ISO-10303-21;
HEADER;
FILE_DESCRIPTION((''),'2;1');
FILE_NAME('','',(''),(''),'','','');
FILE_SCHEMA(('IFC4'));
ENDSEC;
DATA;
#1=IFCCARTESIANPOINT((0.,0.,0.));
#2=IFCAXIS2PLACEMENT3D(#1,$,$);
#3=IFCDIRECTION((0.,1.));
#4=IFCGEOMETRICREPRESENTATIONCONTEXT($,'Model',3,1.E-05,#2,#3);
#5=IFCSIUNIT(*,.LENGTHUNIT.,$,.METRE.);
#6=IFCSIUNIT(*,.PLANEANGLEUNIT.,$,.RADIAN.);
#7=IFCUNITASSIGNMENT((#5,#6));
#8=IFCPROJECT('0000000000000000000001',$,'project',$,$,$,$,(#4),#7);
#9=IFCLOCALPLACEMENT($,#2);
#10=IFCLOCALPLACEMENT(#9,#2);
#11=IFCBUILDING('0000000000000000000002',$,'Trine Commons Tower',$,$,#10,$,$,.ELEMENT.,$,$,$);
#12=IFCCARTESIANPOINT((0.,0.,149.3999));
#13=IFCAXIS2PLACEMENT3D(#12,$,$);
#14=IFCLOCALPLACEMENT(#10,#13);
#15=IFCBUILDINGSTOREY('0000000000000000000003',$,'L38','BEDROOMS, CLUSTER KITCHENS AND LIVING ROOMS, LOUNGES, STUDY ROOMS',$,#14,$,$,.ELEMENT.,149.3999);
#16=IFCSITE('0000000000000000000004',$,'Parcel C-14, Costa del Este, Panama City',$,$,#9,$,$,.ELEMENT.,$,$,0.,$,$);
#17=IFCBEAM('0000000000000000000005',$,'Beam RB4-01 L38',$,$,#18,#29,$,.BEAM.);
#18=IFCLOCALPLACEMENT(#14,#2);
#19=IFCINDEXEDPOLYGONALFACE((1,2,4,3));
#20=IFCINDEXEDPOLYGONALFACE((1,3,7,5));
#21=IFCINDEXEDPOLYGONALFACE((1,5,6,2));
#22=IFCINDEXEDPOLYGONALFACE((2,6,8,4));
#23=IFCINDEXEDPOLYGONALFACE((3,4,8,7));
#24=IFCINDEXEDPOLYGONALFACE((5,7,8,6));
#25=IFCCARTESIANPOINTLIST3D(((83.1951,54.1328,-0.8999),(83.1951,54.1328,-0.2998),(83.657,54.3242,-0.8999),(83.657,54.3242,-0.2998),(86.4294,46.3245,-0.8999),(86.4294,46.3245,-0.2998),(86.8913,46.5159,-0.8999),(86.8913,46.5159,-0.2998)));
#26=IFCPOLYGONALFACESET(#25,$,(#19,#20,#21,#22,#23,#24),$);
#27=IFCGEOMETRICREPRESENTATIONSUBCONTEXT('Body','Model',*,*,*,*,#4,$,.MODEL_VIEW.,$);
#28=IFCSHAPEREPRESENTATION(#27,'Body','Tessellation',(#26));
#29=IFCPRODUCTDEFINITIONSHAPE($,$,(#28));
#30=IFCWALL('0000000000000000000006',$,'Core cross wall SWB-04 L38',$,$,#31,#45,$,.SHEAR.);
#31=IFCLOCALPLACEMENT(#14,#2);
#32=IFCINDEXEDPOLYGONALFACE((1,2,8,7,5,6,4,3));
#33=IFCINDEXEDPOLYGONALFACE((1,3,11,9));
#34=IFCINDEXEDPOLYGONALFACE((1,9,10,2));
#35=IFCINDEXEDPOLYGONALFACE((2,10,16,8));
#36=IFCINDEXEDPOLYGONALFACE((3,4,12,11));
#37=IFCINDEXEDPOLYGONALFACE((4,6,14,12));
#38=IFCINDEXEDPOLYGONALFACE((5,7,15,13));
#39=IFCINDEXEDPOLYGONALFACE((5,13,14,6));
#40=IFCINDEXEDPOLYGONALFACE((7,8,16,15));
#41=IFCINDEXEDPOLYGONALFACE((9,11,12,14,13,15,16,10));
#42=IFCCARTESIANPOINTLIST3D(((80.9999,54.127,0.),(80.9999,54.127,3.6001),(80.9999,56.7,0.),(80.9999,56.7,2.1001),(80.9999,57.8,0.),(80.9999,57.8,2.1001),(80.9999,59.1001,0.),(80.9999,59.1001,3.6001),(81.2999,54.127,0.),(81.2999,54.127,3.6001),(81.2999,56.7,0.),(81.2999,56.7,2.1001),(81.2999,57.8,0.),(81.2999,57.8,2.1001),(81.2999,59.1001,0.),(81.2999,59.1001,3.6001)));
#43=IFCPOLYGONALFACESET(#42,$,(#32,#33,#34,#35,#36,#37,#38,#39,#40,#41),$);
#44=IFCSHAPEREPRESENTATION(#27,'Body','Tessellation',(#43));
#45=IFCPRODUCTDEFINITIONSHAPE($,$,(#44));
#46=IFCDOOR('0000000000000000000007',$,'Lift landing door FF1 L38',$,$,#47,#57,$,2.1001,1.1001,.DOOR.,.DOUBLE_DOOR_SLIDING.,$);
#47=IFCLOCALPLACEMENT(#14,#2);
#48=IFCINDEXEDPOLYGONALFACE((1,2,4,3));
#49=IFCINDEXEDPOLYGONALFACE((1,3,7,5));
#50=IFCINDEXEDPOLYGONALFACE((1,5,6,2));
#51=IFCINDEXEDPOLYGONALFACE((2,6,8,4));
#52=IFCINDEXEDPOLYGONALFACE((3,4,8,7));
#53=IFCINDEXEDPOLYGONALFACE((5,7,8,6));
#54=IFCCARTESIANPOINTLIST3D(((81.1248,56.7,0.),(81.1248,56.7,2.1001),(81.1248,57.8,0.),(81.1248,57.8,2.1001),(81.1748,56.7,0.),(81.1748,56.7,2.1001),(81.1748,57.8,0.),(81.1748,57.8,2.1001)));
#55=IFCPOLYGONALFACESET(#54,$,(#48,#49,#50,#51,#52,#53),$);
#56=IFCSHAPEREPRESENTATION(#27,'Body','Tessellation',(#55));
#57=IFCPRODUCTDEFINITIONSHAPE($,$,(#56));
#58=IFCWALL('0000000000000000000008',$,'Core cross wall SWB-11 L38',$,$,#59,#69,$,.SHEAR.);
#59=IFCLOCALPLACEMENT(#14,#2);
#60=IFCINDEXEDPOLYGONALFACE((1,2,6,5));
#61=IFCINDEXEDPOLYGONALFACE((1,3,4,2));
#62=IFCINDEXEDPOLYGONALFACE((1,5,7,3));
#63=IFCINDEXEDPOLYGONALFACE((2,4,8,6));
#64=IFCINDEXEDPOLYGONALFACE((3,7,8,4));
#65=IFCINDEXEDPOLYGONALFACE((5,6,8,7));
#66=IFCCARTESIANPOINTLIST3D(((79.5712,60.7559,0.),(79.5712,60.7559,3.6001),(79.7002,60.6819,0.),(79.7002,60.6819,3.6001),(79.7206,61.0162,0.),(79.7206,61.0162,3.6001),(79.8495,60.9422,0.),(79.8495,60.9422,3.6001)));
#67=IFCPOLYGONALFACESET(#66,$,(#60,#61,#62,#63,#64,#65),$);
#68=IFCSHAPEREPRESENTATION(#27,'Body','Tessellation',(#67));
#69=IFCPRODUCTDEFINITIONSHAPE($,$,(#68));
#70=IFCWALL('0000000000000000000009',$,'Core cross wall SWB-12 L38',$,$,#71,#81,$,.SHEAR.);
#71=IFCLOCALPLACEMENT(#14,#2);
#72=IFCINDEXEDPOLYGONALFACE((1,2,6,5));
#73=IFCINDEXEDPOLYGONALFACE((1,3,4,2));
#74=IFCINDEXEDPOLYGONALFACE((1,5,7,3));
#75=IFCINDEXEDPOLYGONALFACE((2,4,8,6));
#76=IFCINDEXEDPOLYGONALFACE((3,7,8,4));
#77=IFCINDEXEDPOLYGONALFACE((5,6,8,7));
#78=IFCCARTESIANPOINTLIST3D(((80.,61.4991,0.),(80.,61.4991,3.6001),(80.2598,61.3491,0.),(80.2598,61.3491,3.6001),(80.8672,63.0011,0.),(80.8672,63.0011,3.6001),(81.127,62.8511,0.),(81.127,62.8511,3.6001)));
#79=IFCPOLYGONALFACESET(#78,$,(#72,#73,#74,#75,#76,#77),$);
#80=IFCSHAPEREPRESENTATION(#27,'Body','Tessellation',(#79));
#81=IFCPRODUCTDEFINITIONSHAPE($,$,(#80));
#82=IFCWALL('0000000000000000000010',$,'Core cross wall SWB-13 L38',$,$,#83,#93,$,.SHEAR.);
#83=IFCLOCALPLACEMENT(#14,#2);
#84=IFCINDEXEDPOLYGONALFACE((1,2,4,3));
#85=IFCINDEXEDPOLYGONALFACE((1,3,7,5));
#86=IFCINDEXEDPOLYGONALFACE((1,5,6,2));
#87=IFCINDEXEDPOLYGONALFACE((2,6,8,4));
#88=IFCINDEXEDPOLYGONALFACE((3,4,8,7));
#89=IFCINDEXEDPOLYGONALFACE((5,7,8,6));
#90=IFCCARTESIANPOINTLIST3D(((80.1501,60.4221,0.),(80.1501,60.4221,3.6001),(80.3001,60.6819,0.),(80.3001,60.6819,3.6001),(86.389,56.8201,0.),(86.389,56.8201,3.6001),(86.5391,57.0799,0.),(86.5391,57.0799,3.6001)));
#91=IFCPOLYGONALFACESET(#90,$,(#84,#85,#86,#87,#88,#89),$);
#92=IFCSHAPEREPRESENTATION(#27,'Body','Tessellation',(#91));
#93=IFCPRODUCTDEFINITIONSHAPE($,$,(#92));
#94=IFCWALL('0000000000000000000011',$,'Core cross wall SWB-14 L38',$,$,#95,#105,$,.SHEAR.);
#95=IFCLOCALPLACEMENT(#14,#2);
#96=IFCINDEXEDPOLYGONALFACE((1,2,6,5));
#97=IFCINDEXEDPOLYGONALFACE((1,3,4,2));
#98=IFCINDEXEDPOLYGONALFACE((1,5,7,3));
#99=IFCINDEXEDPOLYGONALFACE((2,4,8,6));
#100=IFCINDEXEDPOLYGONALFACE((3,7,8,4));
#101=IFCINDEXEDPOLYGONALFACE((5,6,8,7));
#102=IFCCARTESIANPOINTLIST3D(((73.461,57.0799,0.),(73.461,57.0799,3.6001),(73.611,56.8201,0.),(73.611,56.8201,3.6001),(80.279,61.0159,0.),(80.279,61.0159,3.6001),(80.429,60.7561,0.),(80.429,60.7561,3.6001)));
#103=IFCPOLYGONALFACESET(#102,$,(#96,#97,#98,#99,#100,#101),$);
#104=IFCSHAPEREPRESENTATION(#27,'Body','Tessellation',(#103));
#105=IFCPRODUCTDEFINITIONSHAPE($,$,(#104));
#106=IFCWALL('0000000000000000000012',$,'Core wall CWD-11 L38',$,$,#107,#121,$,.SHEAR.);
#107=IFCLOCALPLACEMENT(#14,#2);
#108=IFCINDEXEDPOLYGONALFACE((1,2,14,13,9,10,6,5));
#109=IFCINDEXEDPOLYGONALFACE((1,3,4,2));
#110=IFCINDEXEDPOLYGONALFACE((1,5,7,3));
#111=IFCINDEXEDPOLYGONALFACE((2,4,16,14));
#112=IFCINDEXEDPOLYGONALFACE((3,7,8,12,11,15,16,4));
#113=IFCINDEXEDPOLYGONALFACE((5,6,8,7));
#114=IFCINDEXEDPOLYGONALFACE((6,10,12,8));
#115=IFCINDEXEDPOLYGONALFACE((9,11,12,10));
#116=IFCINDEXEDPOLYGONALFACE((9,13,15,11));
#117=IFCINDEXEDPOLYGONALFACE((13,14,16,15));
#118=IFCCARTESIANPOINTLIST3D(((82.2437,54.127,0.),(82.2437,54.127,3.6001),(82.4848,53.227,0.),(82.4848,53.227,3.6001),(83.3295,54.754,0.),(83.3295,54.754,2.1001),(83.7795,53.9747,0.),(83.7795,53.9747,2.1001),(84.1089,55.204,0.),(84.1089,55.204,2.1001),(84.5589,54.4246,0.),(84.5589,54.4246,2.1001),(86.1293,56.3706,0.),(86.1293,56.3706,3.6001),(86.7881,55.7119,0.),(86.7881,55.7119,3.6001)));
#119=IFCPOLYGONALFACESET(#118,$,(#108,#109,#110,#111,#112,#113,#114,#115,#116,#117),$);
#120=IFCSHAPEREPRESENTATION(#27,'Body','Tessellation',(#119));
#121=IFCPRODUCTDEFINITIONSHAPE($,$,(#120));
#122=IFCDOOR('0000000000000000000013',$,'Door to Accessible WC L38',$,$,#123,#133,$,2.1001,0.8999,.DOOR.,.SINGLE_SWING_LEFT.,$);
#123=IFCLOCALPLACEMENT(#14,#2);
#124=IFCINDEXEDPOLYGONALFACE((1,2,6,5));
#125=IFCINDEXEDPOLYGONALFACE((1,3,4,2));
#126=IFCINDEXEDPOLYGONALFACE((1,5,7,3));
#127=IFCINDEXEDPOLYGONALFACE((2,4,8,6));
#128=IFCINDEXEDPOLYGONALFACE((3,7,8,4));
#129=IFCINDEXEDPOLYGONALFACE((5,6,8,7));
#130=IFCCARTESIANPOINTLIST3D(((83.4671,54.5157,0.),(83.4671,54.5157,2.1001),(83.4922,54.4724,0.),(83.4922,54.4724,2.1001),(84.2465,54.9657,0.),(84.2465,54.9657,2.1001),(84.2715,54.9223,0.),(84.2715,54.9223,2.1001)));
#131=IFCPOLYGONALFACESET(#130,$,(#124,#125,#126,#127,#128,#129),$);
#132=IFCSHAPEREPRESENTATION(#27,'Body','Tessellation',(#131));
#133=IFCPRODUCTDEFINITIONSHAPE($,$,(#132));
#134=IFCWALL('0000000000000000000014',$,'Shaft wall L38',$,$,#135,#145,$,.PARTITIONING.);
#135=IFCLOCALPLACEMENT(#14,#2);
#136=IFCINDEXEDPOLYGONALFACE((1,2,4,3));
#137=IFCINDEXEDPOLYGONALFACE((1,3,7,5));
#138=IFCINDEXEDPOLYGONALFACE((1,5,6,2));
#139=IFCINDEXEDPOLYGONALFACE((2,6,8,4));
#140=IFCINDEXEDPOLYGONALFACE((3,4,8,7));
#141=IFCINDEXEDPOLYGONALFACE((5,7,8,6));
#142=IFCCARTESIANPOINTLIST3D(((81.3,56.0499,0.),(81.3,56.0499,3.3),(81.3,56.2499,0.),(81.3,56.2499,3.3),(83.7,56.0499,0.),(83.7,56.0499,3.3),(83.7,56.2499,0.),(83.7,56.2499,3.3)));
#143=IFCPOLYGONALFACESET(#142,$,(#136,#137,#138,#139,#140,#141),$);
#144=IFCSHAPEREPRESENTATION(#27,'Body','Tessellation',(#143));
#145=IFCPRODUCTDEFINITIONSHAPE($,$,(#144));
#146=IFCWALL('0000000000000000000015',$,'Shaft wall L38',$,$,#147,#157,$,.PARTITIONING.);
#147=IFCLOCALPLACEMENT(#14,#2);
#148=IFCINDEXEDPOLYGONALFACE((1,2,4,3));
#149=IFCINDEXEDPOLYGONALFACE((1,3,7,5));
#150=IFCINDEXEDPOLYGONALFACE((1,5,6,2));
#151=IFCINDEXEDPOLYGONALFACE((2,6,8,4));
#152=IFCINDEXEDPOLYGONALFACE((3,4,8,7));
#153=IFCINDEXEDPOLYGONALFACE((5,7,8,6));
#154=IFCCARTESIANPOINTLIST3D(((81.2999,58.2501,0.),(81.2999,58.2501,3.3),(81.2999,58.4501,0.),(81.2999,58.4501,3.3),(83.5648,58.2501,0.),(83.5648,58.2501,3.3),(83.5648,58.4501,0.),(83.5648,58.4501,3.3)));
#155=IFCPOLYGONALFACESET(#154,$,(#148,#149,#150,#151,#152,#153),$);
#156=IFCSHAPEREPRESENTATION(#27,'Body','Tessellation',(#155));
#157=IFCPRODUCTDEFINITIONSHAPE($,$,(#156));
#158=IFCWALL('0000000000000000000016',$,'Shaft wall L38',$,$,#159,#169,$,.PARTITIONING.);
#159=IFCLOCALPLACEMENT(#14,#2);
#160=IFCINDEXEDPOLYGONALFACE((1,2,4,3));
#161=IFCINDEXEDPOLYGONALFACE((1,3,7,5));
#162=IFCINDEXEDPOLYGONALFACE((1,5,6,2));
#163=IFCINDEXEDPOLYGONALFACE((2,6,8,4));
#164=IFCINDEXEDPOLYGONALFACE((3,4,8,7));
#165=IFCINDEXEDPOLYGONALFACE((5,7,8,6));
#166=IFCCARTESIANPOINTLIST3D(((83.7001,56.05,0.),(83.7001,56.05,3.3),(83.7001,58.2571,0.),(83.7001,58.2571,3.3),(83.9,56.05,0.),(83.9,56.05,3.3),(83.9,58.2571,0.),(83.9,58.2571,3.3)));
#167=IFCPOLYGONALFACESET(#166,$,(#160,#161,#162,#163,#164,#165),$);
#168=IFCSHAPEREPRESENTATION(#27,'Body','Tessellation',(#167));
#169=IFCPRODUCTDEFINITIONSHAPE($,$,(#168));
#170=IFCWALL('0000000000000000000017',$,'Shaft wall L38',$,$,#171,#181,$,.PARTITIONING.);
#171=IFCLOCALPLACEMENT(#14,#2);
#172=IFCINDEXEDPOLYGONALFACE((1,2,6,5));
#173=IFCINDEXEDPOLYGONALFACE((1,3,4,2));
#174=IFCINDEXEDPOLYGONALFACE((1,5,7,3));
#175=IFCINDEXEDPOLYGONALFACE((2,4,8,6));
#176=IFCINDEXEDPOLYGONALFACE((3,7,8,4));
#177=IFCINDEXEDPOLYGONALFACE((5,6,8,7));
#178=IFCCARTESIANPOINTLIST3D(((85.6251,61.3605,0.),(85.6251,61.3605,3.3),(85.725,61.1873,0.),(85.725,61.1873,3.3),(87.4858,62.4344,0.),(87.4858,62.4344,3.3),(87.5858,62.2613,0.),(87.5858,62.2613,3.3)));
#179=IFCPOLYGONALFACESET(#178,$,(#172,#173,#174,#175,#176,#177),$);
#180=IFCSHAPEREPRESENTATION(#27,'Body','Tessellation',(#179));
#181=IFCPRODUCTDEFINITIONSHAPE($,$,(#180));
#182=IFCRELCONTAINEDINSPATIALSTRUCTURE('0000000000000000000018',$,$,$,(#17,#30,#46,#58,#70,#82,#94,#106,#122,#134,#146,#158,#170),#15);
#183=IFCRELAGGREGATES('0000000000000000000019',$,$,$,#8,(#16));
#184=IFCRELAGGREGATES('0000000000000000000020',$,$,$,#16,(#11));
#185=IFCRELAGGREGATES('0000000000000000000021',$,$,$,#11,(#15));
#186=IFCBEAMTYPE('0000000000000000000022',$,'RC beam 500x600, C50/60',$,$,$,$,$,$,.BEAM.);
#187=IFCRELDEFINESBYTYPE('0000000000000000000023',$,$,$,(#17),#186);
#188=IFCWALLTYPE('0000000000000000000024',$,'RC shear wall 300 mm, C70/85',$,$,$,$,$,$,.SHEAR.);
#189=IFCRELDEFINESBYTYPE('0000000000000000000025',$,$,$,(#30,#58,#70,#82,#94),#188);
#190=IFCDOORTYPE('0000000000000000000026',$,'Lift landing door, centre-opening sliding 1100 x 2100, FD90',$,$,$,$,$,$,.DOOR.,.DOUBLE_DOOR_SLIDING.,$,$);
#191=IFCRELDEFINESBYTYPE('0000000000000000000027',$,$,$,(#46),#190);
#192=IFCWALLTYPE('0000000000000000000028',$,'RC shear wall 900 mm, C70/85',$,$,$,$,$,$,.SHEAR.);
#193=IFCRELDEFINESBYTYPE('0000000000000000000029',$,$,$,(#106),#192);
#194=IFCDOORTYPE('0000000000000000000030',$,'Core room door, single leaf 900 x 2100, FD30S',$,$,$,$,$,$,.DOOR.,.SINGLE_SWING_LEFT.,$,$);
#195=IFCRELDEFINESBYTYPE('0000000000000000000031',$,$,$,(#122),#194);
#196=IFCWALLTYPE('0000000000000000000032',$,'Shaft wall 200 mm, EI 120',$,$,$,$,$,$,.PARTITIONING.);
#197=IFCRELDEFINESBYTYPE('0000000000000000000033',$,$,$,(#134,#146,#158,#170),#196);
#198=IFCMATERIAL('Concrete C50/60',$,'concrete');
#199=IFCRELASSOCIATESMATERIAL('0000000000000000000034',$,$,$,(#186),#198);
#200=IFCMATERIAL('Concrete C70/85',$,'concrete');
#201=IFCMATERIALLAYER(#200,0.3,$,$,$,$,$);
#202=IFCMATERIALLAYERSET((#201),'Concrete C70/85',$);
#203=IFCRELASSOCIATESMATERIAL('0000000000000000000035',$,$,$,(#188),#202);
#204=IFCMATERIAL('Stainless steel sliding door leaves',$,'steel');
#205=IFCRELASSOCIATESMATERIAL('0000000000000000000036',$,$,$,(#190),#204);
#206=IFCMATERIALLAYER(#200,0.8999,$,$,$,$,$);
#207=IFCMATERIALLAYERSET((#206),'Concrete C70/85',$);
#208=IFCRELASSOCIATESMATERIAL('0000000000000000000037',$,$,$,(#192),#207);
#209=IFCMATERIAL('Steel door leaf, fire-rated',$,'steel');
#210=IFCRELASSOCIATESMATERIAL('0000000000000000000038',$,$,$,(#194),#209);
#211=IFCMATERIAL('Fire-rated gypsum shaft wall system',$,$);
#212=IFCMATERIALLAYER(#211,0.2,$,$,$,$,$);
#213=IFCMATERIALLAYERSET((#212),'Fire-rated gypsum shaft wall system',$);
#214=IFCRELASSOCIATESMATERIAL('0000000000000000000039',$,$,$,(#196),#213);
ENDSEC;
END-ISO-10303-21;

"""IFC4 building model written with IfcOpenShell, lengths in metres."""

from ifc_helpers import new_model, si_unit, direction, frame, frame_2d, origin, origin_2d, place, context, subcontext, project, spatial, polyline, rectangle, outline, extrude, material, layer, layer_set, material_profile, profile_set, type_object, element, fill, save


model = new_model("IFC4")

# Units and contexts
model_context = context("Model", 3, precision=1e-05, world=origin(), true_north=direction((0.0, 1.0)))
body_context = subcontext(model_context, "Body", "Model", "MODEL_VIEW")
ifc_project = project(units=[si_unit("LENGTHUNIT", "METRE"), si_unit("PLANEANGLEUNIT", "RADIAN")], contexts=[model_context])

# Site, building, storey
site_placement = place(None, origin())
site = spatial("IfcSite", under=ifc_project, at=site_placement, Name="Parcel C-14, Costa del Este, Panama City", CompositionType="ELEMENT", RefElevation=0.0)
building_placement = place(site_placement, origin())
building = spatial("IfcBuilding", under=site, at=building_placement, Name="Trine Commons Tower", CompositionType="ELEMENT")
storey_placement = place(building_placement, frame((0.0, 0.0, 149.3999)))
storey = spatial("IfcBuildingStorey", under=building, at=storey_placement, Name="L38", Description="BEDROOMS, CLUSTER KITCHENS AND LIVING ROOMS, LOUNGES, STUDY ROOMS", CompositionType="ELEMENT", Elevation=149.3999)

# Beam
ifc_material_1 = material(Name="Concrete C50/60", Category="concrete")
ifc_material_profile = material_profile(ifc_material_1, rectangle(XDim=0.5, YDim=0.6001, at=origin_2d()), Name="RC 500x600")
ifc_profile_set = profile_set([ifc_material_profile], Name="Concrete C50/60")
beam_type = type_object("IfcBeamType", Name="RC beam 500x600, C50/60", PredefinedType="BEAM", material=ifc_profile_set)
beam_placement = place(storey_placement, frame((83.426, 54.2285, -0.5999), z_axis=(0.382689, -0.923877, 0.0), x_axis=(0.923877, 0.382689, 0.0)))
element("IfcBeam", 1, at=beam_placement, inside=storey, type_object=beam_type, Name="Beam RB4-01 L38", PredefinedType="BEAM", context=body_context, shape_type="SweptSolid", body=[
    extrude(rectangle(XDim=0.5, YDim=0.6001, at=origin_2d()), origin(), (0.0, 0.0, 1.0), 8.4517),
])

# Wall, opening, door
ifc_material_2 = material(Name="Concrete C70/85", Category="concrete")
ifc_layer_1 = layer(ifc_material_2, 0.3)
ifc_layer_set_1 = layer_set([ifc_layer_1], Name="Concrete C70/85")
wall_type_1 = type_object("IfcWallType", Name="RC shear wall 300 mm, C70/85", PredefinedType="SHEAR", material=ifc_layer_set_1)
wall_1_placement = place(storey_placement, frame((81.1499, 59.1001, 0.0), z_axis=(0.0, 0.0, 1.0), x_axis=(0.0, -1.0, 0.0)))
wall_1 = element("IfcWall", 2, at=wall_1_placement, inside=storey, type_object=wall_type_1, Name="Core cross wall SWB-04 L38", PredefinedType="SHEAR", context=body_context, shape_type="SweptSolid", body=[
    extrude(rectangle(XDim=4.9731, YDim=0.3, at=frame_2d((2.4866, 0.0))), origin(), (0.0, 0.0, 1.0), 3.6001),
])
opening_1_placement = place(wall_1_placement, frame((1.3, 0.0, 0.0)))
opening_1 = element("IfcOpeningElement", 3, at=opening_1_placement, cuts=wall_1, PredefinedType="OPENING", context=body_context, shape_type="SweptSolid", body=[
    extrude(rectangle(XDim=1.1001, YDim=2.1001, at=frame_2d((0.55, 1.05))), frame((0.0, 0.1599, 0.0), z_axis=(0.0, -1.0, 0.0), x_axis=(1.0, 0.0, 0.0)), (0.0, 0.0, 1.0), 0.3201),
])
ifc_material_3 = material(Name="Stainless steel sliding door leaves", Category="steel")
door_type_1 = type_object("IfcDoorType", Name="Lift landing door, centre-opening sliding 1100 x 2100, FD90", OperationType="DOUBLE_DOOR_SLIDING", PredefinedType="DOOR", material=ifc_material_3)
door_1_placement = place(opening_1_placement, origin())
door_1 = element("IfcDoor", 4, at=door_1_placement, inside=storey, type_object=door_type_1, Name="Lift landing door FF1 L38", OperationType="DOUBLE_DOOR_SLIDING", OverallHeight=2.1001, OverallWidth=1.1001, PredefinedType="DOOR", context=body_context, shape_type="SweptSolid", body=[
    extrude(rectangle(XDim=1.1001, YDim=2.1001, at=frame_2d((0.55, 1.05))), frame((0.0, 0.0249, 0.0), z_axis=(0.0, -1.0, 0.0), x_axis=(1.0, 0.0, 0.0)), (0.0, 0.0, 1.0), 0.05),
])
fill(opening_1, door_1)

# Walls
wall_2_placement = place(storey_placement, frame((79.646, 60.886, 0.0), z_axis=(0.0, 0.0, 1.0), x_axis=(0.867332, -0.49773, 0.0)))
element("IfcWall", 5, at=wall_2_placement, inside=storey, type_object=wall_type_1, Name="Core cross wall SWB-11 L38", PredefinedType="SHEAR", context=body_context, shape_type="SweptSolid", body=[
    extrude(rectangle(XDim=0.1487, YDim=0.3, at=frame_2d((0.0742, 0.0))), origin(), (0.0, 0.0, 1.0), 3.6001),
])
wall_3_placement = place(storey_placement, frame((80.1299, 61.4241, 0.0), z_axis=(0.0, 0.0, 1.0), x_axis=(0.500015, 0.866017, 0.0)))
element("IfcWall", 6, at=wall_3_placement, inside=storey, type_object=wall_type_1, Name="Core cross wall SWB-12 L38", PredefinedType="SHEAR", context=body_context, shape_type="SweptSolid", body=[
    extrude(rectangle(XDim=1.7344, YDim=0.3, at=frame_2d((0.8672, 0.0))), origin(), (0.0, 0.0, 1.0), 3.6001),
])
wall_4_placement = place(storey_placement, frame((80.2251, 60.552, 0.0), z_axis=(0.0, 0.0, 1.0), x_axis=(0.866028, -0.499995, 0.0)))
element("IfcWall", 7, at=wall_4_placement, inside=storey, type_object=wall_type_1, Name="Core cross wall SWB-13 L38", PredefinedType="SHEAR", context=body_context, shape_type="SweptSolid", body=[
    extrude(rectangle(XDim=7.2041, YDim=0.3, at=frame_2d((3.6021, 0.0))), origin(), (0.0, 0.0, 1.0), 3.6001),
])
wall_5_placement = place(storey_placement, frame((80.354, 60.886, 0.0), z_axis=(0.0, 0.0, 1.0), x_axis=(-0.866048, -0.499961, 0.0)))
element("IfcWall", 8, at=wall_5_placement, inside=storey, type_object=wall_type_1, Name="Core cross wall SWB-14 L38", PredefinedType="SHEAR", context=body_context, shape_type="SweptSolid", body=[
    extrude(rectangle(XDim=7.8726, YDim=0.3, at=frame_2d((3.9363, 0.0))), origin(), (0.0, 0.0, 1.0), 3.6001),
])

# Wall, opening, door
ifc_layer_2 = layer(ifc_material_2, 0.8999)
ifc_layer_set_2 = layer_set([ifc_layer_2], Name="Concrete C70/85")
wall_type_2 = type_object("IfcWallType", Name="RC shear wall 900 mm, C70/85", PredefinedType="SHEAR", material=ifc_layer_set_2)
wall_6_placement = place(storey_placement, frame((82.2598, 53.6167, 0.0), z_axis=(0.0, 0.0, 1.0), x_axis=(0.866003, 0.500039, 0.0)))
wall_6 = element("IfcWall", 9, at=wall_6_placement, inside=storey, type_object=wall_type_2, Name="Core wall CWD-11 L38", PredefinedType="SHEAR", context=body_context, shape_type="SweptSolid", body=[
    extrude(outline(polyline([(0.0, -0.45), (4.9692, -0.45), (4.728, 0.45), (0.2412, 0.45), (0.0, -0.45)])), origin(), (0.0, 0.0, 1.0), 3.6001),
])
opening_2_placement = place(wall_6_placement, frame((1.4951, 0.0, 0.0)))
opening_2 = element("IfcOpeningElement", 10, at=opening_2_placement, cuts=wall_6, PredefinedType="OPENING", context=body_context, shape_type="SweptSolid", body=[
    extrude(rectangle(XDim=0.8999, YDim=2.1001, at=frame_2d((0.45, 1.05))), frame((0.0, 0.46, 0.0), z_axis=(0.0, -1.0, 0.0), x_axis=(1.0, 0.0, 0.0)), (0.0, 0.0, 1.0), 0.9199),
])
ifc_material_4 = material(Name="Steel door leaf, fire-rated", Category="steel")
door_type_2 = type_object("IfcDoorType", Name="Core room door, single leaf 900 x 2100, FD30S", OperationType="SINGLE_SWING_LEFT", PredefinedType="DOOR", material=ifc_material_4)
door_2_placement = place(opening_2_placement, origin())
door_2 = element("IfcDoor", 11, at=door_2_placement, inside=storey, type_object=door_type_2, Name="Door to Accessible WC L38", OperationType="SINGLE_SWING_LEFT", OverallHeight=2.1001, OverallWidth=0.8999, PredefinedType="DOOR", context=body_context, shape_type="SweptSolid", body=[
    extrude(rectangle(XDim=0.8999, YDim=2.1001, at=frame_2d((0.45, 1.05))), frame((0.0, 0.1748, 0.0), z_axis=(0.0, -1.0, 0.0), x_axis=(1.0, 0.0, 0.0)), (0.0, 0.0, 1.0), 0.05),
])
fill(opening_2, door_2)

# Walls
ifc_material_5 = material(Name="Fire-rated gypsum shaft wall system")
ifc_layer_3 = layer(ifc_material_5, 0.2)
ifc_layer_set_3 = layer_set([ifc_layer_3], Name="Fire-rated gypsum shaft wall system")
wall_type_3 = type_object("IfcWallType", Name="Shaft wall 200 mm, EI 120", PredefinedType="PARTITIONING", material=ifc_layer_set_3)
wall_7_placement = place(storey_placement, frame((81.3, 56.1499, 0.0), z_axis=(0.0, 0.0, 1.0), x_axis=(1.0, 0.0, 0.0)))
element("IfcWall", 12, at=wall_7_placement, inside=storey, type_object=wall_type_3, Name="Shaft wall L38", PredefinedType="PARTITIONING", context=body_context, shape_type="SweptSolid", body=[
    extrude(rectangle(XDim=2.3999, YDim=0.2, at=frame_2d((1.2, 0.0))), origin(), (0.0, 0.0, 1.0), 3.3),
])
wall_8_placement = place(storey_placement, frame((81.3, 58.3501, 0.0), z_axis=(0.0, 0.0, 1.0), x_axis=(1.0, 0.0, 0.0)))
element("IfcWall", 13, at=wall_8_placement, inside=storey, type_object=wall_type_3, Name="Shaft wall L38", PredefinedType="PARTITIONING", context=body_context, shape_type="SweptSolid", body=[
    extrude(rectangle(XDim=2.2649, YDim=0.2, at=frame_2d((1.1323, 0.0))), origin(), (0.0, 0.0, 1.0), 3.3),
])
wall_9_placement = place(storey_placement, frame((83.8, 58.2571, 0.0), z_axis=(0.0, 0.0, 1.0), x_axis=(0.0, -1.0, 0.0)))
element("IfcWall", 14, at=wall_9_placement, inside=storey, type_object=wall_type_3, Name="Shaft wall L38", PredefinedType="PARTITIONING", context=body_context, shape_type="SweptSolid", body=[
    extrude(rectangle(XDim=2.207, YDim=0.2, at=frame_2d((1.1035, 0.0))), origin(), (0.0, 0.0, 1.0), 3.3),
])
wall_10_placement = place(storey_placement, frame((85.675, 61.2739, 0.0), z_axis=(0.0, 0.0, 1.0), x_axis=(0.866102, 0.499867, 0.0)))
element("IfcWall", 15, at=wall_10_placement, inside=storey, type_object=wall_type_3, Name="Shaft wall L38", PredefinedType="PARTITIONING", context=body_context, shape_type="SweptSolid", body=[
    extrude(rectangle(XDim=2.1484, YDim=0.2, at=frame_2d((1.0742, 0.0))), origin(), (0.0, 0.0, 1.0), 3.3),
])

save(model, "model.ifc")
